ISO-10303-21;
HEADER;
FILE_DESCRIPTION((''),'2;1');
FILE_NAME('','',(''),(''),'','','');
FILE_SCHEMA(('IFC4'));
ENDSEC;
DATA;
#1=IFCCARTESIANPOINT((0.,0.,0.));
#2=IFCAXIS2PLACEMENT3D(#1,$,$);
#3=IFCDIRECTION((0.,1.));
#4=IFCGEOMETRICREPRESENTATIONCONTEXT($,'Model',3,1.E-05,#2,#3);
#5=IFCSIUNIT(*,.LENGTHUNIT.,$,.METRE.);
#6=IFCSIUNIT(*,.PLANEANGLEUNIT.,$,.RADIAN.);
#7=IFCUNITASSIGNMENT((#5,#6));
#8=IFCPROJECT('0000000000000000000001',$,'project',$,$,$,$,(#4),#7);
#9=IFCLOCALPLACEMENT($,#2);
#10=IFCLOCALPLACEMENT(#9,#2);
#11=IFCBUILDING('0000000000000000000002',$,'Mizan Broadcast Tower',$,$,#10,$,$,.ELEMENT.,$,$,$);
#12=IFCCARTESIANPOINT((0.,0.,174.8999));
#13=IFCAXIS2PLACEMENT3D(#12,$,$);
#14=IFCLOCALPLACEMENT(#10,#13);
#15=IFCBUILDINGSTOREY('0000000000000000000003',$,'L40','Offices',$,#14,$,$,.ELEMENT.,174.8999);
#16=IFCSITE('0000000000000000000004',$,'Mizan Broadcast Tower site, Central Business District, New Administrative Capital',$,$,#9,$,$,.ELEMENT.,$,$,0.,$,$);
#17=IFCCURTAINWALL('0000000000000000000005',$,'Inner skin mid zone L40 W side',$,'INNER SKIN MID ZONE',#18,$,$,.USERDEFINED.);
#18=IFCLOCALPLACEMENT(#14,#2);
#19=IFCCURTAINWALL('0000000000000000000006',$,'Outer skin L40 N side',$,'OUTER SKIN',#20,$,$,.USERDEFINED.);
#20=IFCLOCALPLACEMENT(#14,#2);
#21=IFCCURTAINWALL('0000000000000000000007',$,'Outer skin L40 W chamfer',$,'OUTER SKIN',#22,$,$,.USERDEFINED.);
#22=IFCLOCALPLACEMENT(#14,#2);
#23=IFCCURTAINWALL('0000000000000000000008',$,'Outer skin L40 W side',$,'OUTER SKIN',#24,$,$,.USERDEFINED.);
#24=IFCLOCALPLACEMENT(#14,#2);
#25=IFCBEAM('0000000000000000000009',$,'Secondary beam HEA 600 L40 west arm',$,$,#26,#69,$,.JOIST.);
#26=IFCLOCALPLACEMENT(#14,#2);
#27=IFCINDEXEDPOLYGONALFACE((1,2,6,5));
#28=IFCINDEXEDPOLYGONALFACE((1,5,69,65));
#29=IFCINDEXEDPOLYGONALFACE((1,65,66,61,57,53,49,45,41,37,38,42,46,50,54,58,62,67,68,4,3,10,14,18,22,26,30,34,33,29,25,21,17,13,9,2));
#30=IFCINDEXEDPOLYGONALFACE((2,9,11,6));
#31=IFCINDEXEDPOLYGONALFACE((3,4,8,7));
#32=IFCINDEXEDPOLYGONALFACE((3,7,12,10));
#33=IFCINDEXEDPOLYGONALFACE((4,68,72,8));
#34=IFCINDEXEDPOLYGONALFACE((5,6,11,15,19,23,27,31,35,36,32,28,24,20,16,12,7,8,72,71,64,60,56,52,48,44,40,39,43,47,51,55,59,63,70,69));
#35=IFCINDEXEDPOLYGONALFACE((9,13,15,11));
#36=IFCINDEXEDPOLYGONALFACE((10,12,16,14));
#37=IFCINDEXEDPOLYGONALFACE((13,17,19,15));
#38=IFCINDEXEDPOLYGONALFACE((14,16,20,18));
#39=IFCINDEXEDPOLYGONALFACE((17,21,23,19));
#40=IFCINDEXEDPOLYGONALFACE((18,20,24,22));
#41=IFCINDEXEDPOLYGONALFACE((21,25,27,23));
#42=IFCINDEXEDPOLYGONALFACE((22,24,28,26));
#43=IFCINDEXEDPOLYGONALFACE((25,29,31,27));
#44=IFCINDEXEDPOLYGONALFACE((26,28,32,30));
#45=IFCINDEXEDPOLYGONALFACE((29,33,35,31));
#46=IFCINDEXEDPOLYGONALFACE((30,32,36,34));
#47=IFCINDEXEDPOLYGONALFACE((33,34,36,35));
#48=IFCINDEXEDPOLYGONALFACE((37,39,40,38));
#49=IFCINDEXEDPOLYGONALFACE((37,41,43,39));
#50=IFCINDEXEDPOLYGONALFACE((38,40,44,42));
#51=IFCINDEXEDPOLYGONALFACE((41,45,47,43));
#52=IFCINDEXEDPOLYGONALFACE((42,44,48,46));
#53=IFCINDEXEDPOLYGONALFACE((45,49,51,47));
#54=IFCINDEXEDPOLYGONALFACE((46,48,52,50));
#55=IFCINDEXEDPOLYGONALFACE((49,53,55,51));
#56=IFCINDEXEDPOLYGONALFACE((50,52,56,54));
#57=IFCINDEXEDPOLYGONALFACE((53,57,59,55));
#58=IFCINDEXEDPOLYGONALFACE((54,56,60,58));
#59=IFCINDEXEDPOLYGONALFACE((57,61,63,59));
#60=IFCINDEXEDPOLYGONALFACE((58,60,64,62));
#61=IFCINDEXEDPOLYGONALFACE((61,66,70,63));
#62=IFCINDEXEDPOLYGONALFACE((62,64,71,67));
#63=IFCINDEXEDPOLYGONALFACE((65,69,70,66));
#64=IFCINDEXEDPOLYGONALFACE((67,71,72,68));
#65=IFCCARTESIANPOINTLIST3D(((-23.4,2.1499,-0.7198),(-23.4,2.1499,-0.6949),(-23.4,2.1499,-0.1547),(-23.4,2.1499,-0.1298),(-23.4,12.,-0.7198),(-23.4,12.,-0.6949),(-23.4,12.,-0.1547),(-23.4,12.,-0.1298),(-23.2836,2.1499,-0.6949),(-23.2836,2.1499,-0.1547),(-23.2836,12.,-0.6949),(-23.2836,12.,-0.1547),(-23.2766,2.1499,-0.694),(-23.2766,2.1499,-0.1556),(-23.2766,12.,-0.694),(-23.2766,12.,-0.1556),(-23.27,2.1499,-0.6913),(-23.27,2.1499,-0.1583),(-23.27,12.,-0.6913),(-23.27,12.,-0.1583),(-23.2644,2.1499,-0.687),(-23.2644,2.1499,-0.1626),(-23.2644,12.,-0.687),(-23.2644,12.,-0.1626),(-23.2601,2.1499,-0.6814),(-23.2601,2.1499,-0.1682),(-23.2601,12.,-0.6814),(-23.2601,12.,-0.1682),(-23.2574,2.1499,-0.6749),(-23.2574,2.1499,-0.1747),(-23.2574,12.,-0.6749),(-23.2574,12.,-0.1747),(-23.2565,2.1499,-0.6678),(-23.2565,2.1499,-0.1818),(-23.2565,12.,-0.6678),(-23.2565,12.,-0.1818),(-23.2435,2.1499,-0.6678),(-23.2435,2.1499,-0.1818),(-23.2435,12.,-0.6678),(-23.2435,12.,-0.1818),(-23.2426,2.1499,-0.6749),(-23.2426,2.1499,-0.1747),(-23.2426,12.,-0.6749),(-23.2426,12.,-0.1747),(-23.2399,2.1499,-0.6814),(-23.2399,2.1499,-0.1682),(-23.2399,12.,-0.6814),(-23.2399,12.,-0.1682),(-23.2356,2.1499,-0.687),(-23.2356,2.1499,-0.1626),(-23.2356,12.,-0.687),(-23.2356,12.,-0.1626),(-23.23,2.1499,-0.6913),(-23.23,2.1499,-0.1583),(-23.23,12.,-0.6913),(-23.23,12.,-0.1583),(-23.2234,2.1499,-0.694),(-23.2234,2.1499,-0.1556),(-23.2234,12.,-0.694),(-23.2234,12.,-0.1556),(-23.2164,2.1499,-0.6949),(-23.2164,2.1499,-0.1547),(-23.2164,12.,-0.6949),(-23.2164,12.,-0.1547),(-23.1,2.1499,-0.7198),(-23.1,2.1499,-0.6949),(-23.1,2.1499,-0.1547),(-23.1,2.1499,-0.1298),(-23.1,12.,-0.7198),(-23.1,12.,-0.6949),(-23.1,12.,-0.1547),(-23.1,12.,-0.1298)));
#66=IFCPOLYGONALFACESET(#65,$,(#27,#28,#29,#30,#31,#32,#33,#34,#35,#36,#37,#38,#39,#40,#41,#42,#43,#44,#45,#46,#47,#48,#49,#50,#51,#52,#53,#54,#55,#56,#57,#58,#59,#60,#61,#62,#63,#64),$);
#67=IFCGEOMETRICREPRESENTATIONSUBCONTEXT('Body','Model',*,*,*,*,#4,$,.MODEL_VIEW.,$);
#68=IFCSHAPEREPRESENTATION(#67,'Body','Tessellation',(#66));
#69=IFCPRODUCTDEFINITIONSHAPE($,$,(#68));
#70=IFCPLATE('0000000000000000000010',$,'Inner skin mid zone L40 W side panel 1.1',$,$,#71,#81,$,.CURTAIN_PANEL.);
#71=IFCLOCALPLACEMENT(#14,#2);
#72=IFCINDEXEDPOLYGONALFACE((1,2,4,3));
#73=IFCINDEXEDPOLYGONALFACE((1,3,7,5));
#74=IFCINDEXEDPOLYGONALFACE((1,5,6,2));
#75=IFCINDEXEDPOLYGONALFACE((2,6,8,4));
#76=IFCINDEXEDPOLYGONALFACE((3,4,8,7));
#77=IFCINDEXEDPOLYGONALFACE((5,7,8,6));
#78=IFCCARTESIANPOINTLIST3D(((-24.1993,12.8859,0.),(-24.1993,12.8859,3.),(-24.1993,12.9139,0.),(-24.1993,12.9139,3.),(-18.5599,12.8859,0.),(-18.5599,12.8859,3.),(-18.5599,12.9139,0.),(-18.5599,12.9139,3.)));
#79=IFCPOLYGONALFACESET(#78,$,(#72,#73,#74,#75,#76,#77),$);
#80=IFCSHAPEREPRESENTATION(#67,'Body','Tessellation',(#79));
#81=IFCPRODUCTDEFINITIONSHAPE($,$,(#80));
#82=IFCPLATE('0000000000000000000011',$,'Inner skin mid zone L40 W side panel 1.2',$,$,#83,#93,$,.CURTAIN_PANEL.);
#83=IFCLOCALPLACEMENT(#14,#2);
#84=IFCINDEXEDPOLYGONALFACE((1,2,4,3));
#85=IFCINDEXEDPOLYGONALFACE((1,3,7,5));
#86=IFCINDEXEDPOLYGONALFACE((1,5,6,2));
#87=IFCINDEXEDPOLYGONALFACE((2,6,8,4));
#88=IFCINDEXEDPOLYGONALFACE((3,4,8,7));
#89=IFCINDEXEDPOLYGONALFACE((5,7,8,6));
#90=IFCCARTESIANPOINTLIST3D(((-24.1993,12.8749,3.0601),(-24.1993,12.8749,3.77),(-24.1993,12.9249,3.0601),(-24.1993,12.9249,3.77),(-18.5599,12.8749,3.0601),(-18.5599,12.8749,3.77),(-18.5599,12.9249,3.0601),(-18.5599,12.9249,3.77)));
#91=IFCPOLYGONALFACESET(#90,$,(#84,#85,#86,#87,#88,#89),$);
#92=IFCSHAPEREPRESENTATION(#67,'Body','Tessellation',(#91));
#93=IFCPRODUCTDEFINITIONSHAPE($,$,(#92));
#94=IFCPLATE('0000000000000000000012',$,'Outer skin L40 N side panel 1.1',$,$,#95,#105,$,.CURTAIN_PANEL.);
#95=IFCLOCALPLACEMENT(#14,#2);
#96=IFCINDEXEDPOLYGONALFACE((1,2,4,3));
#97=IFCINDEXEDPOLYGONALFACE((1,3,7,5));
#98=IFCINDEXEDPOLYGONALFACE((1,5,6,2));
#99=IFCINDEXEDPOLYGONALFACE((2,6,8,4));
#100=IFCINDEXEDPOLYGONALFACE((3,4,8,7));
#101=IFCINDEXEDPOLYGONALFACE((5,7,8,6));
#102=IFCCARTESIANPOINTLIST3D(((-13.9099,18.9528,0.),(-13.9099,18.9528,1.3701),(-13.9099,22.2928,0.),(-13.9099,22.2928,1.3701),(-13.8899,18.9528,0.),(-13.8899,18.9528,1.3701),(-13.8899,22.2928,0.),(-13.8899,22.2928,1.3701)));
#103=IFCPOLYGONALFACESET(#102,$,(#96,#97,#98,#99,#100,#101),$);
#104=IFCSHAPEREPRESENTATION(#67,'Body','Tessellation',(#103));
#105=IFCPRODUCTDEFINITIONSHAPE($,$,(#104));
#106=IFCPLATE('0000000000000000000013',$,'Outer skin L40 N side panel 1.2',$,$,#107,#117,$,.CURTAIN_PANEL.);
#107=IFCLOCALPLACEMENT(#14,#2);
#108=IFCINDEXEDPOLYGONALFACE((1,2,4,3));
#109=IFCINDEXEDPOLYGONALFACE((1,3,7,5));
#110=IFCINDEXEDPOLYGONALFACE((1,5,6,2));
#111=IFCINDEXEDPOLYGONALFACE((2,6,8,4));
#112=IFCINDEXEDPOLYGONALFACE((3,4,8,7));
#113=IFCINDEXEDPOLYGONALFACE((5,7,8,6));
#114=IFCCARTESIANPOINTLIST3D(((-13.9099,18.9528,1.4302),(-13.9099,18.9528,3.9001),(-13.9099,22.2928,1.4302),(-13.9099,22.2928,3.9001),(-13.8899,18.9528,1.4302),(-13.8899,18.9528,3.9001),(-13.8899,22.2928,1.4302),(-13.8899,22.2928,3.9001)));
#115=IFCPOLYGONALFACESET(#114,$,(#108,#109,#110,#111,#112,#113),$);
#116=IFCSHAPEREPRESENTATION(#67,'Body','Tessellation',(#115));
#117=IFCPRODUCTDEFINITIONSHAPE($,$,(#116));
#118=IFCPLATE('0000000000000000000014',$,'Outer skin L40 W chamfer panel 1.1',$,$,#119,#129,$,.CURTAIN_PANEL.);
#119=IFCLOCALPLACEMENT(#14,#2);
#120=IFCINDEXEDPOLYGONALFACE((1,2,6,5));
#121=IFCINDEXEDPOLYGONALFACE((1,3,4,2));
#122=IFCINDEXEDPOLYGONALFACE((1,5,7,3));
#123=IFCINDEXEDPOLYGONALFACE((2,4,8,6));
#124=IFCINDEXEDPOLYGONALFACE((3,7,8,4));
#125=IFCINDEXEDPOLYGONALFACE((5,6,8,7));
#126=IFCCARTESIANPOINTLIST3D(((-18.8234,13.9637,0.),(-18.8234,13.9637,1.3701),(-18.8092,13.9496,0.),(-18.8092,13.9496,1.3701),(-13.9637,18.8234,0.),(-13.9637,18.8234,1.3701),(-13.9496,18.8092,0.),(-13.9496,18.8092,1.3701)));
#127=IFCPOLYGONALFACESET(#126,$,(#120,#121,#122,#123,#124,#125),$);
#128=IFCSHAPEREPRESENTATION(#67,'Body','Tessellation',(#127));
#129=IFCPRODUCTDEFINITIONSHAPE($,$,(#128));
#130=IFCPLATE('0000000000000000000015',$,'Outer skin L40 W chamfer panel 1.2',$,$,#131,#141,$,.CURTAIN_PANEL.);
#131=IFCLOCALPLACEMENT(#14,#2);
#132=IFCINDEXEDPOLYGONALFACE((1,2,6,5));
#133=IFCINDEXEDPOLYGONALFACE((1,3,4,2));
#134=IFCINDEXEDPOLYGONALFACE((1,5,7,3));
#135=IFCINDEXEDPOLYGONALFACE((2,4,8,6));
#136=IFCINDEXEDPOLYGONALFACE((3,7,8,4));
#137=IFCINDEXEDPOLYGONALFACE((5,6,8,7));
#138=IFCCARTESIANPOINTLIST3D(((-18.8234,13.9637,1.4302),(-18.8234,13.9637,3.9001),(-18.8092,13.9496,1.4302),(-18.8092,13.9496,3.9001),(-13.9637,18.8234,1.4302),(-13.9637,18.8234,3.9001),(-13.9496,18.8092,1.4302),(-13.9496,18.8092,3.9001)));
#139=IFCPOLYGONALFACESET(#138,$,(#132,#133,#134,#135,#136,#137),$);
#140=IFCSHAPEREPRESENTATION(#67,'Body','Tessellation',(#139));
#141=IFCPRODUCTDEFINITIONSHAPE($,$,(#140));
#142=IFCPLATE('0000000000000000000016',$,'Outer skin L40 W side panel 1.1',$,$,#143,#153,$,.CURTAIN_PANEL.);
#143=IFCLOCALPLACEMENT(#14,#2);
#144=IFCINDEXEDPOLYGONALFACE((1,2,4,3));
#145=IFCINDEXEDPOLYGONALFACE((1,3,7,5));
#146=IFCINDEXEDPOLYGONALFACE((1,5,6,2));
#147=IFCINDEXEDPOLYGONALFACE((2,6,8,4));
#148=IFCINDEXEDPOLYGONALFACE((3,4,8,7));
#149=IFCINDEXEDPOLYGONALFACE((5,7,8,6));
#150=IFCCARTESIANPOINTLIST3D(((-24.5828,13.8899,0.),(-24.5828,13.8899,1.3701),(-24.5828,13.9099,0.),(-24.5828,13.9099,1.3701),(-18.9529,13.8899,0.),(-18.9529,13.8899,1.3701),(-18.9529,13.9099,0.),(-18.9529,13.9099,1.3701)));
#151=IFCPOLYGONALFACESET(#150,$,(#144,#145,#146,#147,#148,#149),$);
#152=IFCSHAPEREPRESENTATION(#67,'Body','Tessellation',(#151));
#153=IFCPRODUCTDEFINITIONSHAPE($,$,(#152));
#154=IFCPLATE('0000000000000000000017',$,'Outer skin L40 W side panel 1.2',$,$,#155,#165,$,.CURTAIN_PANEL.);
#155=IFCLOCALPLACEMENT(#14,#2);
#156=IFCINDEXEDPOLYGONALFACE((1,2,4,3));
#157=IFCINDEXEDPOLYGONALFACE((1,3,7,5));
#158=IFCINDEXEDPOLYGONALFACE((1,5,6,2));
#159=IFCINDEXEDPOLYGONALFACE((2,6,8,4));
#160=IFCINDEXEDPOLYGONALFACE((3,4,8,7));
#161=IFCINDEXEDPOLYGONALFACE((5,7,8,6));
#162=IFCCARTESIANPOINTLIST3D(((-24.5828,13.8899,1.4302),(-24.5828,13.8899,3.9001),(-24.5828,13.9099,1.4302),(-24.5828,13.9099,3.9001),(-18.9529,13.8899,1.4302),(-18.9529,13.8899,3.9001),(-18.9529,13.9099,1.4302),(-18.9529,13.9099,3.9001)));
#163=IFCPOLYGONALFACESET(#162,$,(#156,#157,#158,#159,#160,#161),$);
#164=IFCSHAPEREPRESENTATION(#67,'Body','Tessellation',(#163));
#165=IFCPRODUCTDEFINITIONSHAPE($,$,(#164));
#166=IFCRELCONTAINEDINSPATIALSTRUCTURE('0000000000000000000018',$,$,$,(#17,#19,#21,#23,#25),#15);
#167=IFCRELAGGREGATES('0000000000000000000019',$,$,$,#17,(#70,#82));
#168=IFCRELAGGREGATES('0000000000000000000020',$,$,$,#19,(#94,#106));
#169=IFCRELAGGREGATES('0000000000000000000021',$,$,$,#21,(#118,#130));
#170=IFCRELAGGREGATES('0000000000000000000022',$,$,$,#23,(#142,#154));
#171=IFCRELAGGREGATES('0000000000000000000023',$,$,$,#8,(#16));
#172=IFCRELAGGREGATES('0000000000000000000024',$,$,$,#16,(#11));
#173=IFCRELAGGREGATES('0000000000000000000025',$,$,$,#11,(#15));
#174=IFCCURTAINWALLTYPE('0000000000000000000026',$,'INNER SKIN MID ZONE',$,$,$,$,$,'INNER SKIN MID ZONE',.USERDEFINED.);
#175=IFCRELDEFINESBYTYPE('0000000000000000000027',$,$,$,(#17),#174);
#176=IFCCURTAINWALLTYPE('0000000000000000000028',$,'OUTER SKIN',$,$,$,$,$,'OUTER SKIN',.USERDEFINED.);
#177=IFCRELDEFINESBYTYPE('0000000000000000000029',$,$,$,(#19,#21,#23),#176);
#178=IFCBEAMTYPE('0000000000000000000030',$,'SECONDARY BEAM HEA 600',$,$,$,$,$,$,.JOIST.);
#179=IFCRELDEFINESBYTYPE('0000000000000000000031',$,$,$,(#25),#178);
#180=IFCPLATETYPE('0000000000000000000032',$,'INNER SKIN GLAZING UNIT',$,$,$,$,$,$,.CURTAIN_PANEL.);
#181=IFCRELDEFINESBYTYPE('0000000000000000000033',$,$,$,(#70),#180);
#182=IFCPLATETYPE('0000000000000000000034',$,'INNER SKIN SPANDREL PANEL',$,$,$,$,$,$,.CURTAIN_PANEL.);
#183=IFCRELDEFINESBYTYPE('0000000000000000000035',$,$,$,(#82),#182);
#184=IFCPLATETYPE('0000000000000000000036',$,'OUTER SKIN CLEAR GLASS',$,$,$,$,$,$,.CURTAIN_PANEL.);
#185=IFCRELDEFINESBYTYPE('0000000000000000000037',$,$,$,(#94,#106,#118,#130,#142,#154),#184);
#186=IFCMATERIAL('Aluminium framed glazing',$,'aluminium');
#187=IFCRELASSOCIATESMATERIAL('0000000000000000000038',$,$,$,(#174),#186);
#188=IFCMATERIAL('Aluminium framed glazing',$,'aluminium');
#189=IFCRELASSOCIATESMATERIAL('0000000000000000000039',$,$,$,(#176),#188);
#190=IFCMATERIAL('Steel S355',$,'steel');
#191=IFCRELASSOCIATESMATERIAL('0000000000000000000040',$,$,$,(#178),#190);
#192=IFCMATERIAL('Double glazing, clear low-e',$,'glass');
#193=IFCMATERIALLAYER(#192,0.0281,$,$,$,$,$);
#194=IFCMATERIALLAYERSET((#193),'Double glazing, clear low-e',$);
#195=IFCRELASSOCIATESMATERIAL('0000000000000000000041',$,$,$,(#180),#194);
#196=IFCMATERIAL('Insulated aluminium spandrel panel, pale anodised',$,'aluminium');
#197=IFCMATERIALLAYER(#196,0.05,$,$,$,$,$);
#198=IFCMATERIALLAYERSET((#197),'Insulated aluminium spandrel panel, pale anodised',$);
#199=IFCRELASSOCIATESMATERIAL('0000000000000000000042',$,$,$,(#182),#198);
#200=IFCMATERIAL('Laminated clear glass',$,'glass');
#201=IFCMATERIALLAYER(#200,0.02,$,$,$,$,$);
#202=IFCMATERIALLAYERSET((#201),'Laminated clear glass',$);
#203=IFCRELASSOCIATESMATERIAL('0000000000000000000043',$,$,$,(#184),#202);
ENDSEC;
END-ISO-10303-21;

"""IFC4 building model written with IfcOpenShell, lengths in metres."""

from ifc_helpers import new_model, si_unit, direction, frame, origin, origin_2d, place, context, subcontext, project, spatial, rectangle, i_section, extrude, material, layer, layer_set, material_profile, profile_set, type_object, element, aggregate, save


model = new_model("IFC4")

# Units and contexts
model_context = context("Model", 3, precision=1e-05, world=origin(), true_north=direction((0.0, 1.0)))
body_context = subcontext(model_context, "Body", "Model", "MODEL_VIEW")
ifc_project = project(units=[si_unit("LENGTHUNIT", "METRE"), si_unit("PLANEANGLEUNIT", "RADIAN")], contexts=[model_context])

# Site, building, storey
site_placement = place(None, origin())
site = spatial("IfcSite", under=ifc_project, at=site_placement, Name="Mizan Broadcast Tower site, Central Business District, New Administrative Capital", CompositionType="ELEMENT", RefElevation=0.0)
building_placement = place(site_placement, origin())
building = spatial("IfcBuilding", under=site, at=building_placement, Name="Mizan Broadcast Tower", CompositionType="ELEMENT")
storey_placement = place(building_placement, frame((0.0, 0.0, 174.8999)))
storey = spatial("IfcBuildingStorey", under=building, at=storey_placement, Name="L40", Description="Offices", CompositionType="ELEMENT", Elevation=174.8999)

# Curtain wall
ifc_material_1 = material(Name="Aluminium framed glazing", Category="aluminium")
curtain_wall_type_1 = type_object("IfcCurtainWallType", Name="INNER SKIN MID ZONE", ElementType="INNER SKIN MID ZONE", PredefinedType="USERDEFINED", material=ifc_material_1)
curtain_wall_1_placement = place(storey_placement, origin())
curtain_wall_1 = element("IfcCurtainWall", 1, at=curtain_wall_1_placement, inside=storey, type_object=curtain_wall_type_1, Name="Inner skin mid zone L40 W side", ObjectType="INNER SKIN MID ZONE", PredefinedType="USERDEFINED")

# Curtain walls
ifc_material_2 = material(Name="Aluminium framed glazing", Category="aluminium")
curtain_wall_type_2 = type_object("IfcCurtainWallType", Name="OUTER SKIN", ElementType="OUTER SKIN", PredefinedType="USERDEFINED", material=ifc_material_2)
curtain_wall_2_placement = place(storey_placement, origin())
curtain_wall_2 = element("IfcCurtainWall", 2, at=curtain_wall_2_placement, inside=storey, type_object=curtain_wall_type_2, Name="Outer skin L40 N side", ObjectType="OUTER SKIN", PredefinedType="USERDEFINED")
curtain_wall_3_placement = place(storey_placement, origin())
curtain_wall_3 = element("IfcCurtainWall", 3, at=curtain_wall_3_placement, inside=storey, type_object=curtain_wall_type_2, Name="Outer skin L40 W chamfer", ObjectType="OUTER SKIN", PredefinedType="USERDEFINED")
curtain_wall_4_placement = place(storey_placement, origin())
curtain_wall_4 = element("IfcCurtainWall", 4, at=curtain_wall_4_placement, inside=storey, type_object=curtain_wall_type_2, Name="Outer skin L40 W side", ObjectType="OUTER SKIN", PredefinedType="USERDEFINED")

# Beam
ifc_material_3 = material(Name="Steel S355", Category="steel")
ifc_material_profile_1 = material_profile(ifc_material_3, i_section(OverallWidth=0.3, OverallDepth=0.5901, WebThickness=0.0129, FlangeThickness=0.0249, FilletRadius=0.0271, at=origin_2d()), Name="HEA 600")
ifc_profile_set_1 = profile_set([ifc_material_profile_1], Name="Steel S355")
beam_type_1 = type_object("IfcBeamType", Name="SECONDARY BEAM HEA 600", PredefinedType="JOIST", material=ifc_profile_set_1)
for number, where, z_axis, x_axis, name in (
    (5, (-23.25, 12.0, -0.4248), (0.0, -1.0, 0.0), (1.0, 0.0, 0.0), "Secondary beam HEA 600 L40 west arm"),
):
    element("IfcBeam", number, at=place(storey_placement, frame(where, z_axis=z_axis, x_axis=x_axis)), inside=storey, type_object=beam_type_1, Name=name, PredefinedType="JOIST", context=body_context, shape_type="SweptSolid", body=[
        extrude(i_section(OverallWidth=0.3, OverallDepth=0.5901, WebThickness=0.0129, FlangeThickness=0.0249, FilletRadius=0.0271, at=origin_2d()), origin(), (0.0, 0.0, 1.0), 9.8501),
    ])

# Plates
ifc_material_4 = material(Name="Double glazing, clear low-e", Category="glass")
ifc_layer_1 = layer(ifc_material_4, 0.0281)
ifc_layer_set_1 = layer_set([ifc_layer_1], Name="Double glazing, clear low-e")
plate_type_1 = type_object("IfcPlateType", Name="INNER SKIN GLAZING UNIT", PredefinedType="CURTAIN_PANEL", material=ifc_layer_set_1)
plate_1_placement = place(storey_placement, frame((-21.3796, 12.8999, 0.0), z_axis=(0.0, 0.0, 1.0), x_axis=(-1.0, 0.0, 0.0)))
plate_1 = element("IfcPlate", 6, at=plate_1_placement, type_object=plate_type_1, Name="Inner skin mid zone L40 W side panel 1.1", PredefinedType="CURTAIN_PANEL", context=body_context, shape_type="SweptSolid", body=[
    extrude(rectangle(XDim=5.6394, YDim=0.0281, at=origin_2d()), origin(), (0.0, 0.0, 1.0), 3.0),
])
ifc_material_5 = material(Name="Insulated aluminium spandrel panel, pale anodised", Category="aluminium")
ifc_layer_2 = layer(ifc_material_5, 0.05)
ifc_layer_set_2 = layer_set([ifc_layer_2], Name="Insulated aluminium spandrel panel, pale anodised")
plate_type_2 = type_object("IfcPlateType", Name="INNER SKIN SPANDREL PANEL", PredefinedType="CURTAIN_PANEL", material=ifc_layer_set_2)
plate_2_placement = place(storey_placement, frame((-21.3796, 12.8999, 3.0601), z_axis=(0.0, 0.0, 1.0), x_axis=(-1.0, 0.0, 0.0)))
plate_2 = element("IfcPlate", 7, at=plate_2_placement, type_object=plate_type_2, Name="Inner skin mid zone L40 W side panel 1.2", PredefinedType="CURTAIN_PANEL", context=body_context, shape_type="SweptSolid", body=[
    extrude(rectangle(XDim=5.6394, YDim=0.05, at=origin_2d()), origin(), (0.0, 0.0, 1.0), 0.71),
])
aggregate(curtain_wall_1, [plate_1, plate_2])
ifc_material_6 = material(Name="Laminated clear glass", Category="glass")
ifc_layer_3 = layer(ifc_material_6, 0.02)
ifc_layer_set_3 = layer_set([ifc_layer_3], Name="Laminated clear glass")
plate_type_3 = type_object("IfcPlateType", Name="OUTER SKIN CLEAR GLASS", PredefinedType="CURTAIN_PANEL", material=ifc_layer_set_3)
plate_3_placement = place(storey_placement, frame((-13.8999, 20.6228, 0.0), z_axis=(0.0, 0.0, 1.0), x_axis=(0.0, -1.0, 0.0)))
plate_3 = element("IfcPlate", 8, at=plate_3_placement, type_object=plate_type_3, Name="Outer skin L40 N side panel 1.1", PredefinedType="CURTAIN_PANEL", context=body_context, shape_type="SweptSolid", body=[
    extrude(rectangle(XDim=3.3401, YDim=0.02, at=origin_2d()), origin(), (0.0, 0.0, 1.0), 1.3701),
])
plate_4_placement = place(storey_placement, frame((-13.8999, 20.6228, 1.4302), z_axis=(0.0, 0.0, 1.0), x_axis=(0.0, -1.0, 0.0)))
plate_4 = element("IfcPlate", 9, at=plate_4_placement, type_object=plate_type_3, Name="Outer skin L40 N side panel 1.2", PredefinedType="CURTAIN_PANEL", context=body_context, shape_type="SweptSolid", body=[
    extrude(rectangle(XDim=3.3401, YDim=0.02, at=origin_2d()), origin(), (0.0, 0.0, 1.0), 2.47),
])
aggregate(curtain_wall_2, [plate_3, plate_4])
plate_5_placement = place(storey_placement, frame((-16.3865, 16.3865, 0.0), z_axis=(0.0, 0.0, 1.0), x_axis=(-0.707107, -0.707107, 0.0)))
plate_5 = element("IfcPlate", 10, at=plate_5_placement, type_object=plate_type_3, Name="Outer skin L40 W chamfer panel 1.1", PredefinedType="CURTAIN_PANEL", context=body_context, shape_type="SweptSolid", body=[
    extrude(rectangle(XDim=6.8726, YDim=0.02, at=origin_2d()), origin(), (0.0, 0.0, 1.0), 1.3701),
])
plate_6_placement = place(storey_placement, frame((-16.3865, 16.3865, 1.4302), z_axis=(0.0, 0.0, 1.0), x_axis=(-0.707107, -0.707107, 0.0)))
plate_6 = element("IfcPlate", 11, at=plate_6_placement, type_object=plate_type_3, Name="Outer skin L40 W chamfer panel 1.2", PredefinedType="CURTAIN_PANEL", context=body_context, shape_type="SweptSolid", body=[
    extrude(rectangle(XDim=6.8726, YDim=0.02, at=origin_2d()), origin(), (0.0, 0.0, 1.0), 2.47),
])
aggregate(curtain_wall_3, [plate_5, plate_6])
plate_7_placement = place(storey_placement, frame((-21.7678, 13.8999, 0.0), z_axis=(0.0, 0.0, 1.0), x_axis=(-1.0, 0.0, 0.0)))
plate_7 = element("IfcPlate", 12, at=plate_7_placement, type_object=plate_type_3, Name="Outer skin L40 W side panel 1.1", PredefinedType="CURTAIN_PANEL", context=body_context, shape_type="SweptSolid", body=[
    extrude(rectangle(XDim=5.6299, YDim=0.02, at=origin_2d()), origin(), (0.0, 0.0, 1.0), 1.3701),
])
plate_8_placement = place(storey_placement, frame((-21.7678, 13.8999, 1.4302), z_axis=(0.0, 0.0, 1.0), x_axis=(-1.0, 0.0, 0.0)))
plate_8 = element("IfcPlate", 13, at=plate_8_placement, type_object=plate_type_3, Name="Outer skin L40 W side panel 1.2", PredefinedType="CURTAIN_PANEL", context=body_context, shape_type="SweptSolid", body=[
    extrude(rectangle(XDim=5.6299, YDim=0.02, at=origin_2d()), origin(), (0.0, 0.0, 1.0), 2.47),
])
aggregate(curtain_wall_4, [plate_7, plate_8])

save(model, "model.ifc")
